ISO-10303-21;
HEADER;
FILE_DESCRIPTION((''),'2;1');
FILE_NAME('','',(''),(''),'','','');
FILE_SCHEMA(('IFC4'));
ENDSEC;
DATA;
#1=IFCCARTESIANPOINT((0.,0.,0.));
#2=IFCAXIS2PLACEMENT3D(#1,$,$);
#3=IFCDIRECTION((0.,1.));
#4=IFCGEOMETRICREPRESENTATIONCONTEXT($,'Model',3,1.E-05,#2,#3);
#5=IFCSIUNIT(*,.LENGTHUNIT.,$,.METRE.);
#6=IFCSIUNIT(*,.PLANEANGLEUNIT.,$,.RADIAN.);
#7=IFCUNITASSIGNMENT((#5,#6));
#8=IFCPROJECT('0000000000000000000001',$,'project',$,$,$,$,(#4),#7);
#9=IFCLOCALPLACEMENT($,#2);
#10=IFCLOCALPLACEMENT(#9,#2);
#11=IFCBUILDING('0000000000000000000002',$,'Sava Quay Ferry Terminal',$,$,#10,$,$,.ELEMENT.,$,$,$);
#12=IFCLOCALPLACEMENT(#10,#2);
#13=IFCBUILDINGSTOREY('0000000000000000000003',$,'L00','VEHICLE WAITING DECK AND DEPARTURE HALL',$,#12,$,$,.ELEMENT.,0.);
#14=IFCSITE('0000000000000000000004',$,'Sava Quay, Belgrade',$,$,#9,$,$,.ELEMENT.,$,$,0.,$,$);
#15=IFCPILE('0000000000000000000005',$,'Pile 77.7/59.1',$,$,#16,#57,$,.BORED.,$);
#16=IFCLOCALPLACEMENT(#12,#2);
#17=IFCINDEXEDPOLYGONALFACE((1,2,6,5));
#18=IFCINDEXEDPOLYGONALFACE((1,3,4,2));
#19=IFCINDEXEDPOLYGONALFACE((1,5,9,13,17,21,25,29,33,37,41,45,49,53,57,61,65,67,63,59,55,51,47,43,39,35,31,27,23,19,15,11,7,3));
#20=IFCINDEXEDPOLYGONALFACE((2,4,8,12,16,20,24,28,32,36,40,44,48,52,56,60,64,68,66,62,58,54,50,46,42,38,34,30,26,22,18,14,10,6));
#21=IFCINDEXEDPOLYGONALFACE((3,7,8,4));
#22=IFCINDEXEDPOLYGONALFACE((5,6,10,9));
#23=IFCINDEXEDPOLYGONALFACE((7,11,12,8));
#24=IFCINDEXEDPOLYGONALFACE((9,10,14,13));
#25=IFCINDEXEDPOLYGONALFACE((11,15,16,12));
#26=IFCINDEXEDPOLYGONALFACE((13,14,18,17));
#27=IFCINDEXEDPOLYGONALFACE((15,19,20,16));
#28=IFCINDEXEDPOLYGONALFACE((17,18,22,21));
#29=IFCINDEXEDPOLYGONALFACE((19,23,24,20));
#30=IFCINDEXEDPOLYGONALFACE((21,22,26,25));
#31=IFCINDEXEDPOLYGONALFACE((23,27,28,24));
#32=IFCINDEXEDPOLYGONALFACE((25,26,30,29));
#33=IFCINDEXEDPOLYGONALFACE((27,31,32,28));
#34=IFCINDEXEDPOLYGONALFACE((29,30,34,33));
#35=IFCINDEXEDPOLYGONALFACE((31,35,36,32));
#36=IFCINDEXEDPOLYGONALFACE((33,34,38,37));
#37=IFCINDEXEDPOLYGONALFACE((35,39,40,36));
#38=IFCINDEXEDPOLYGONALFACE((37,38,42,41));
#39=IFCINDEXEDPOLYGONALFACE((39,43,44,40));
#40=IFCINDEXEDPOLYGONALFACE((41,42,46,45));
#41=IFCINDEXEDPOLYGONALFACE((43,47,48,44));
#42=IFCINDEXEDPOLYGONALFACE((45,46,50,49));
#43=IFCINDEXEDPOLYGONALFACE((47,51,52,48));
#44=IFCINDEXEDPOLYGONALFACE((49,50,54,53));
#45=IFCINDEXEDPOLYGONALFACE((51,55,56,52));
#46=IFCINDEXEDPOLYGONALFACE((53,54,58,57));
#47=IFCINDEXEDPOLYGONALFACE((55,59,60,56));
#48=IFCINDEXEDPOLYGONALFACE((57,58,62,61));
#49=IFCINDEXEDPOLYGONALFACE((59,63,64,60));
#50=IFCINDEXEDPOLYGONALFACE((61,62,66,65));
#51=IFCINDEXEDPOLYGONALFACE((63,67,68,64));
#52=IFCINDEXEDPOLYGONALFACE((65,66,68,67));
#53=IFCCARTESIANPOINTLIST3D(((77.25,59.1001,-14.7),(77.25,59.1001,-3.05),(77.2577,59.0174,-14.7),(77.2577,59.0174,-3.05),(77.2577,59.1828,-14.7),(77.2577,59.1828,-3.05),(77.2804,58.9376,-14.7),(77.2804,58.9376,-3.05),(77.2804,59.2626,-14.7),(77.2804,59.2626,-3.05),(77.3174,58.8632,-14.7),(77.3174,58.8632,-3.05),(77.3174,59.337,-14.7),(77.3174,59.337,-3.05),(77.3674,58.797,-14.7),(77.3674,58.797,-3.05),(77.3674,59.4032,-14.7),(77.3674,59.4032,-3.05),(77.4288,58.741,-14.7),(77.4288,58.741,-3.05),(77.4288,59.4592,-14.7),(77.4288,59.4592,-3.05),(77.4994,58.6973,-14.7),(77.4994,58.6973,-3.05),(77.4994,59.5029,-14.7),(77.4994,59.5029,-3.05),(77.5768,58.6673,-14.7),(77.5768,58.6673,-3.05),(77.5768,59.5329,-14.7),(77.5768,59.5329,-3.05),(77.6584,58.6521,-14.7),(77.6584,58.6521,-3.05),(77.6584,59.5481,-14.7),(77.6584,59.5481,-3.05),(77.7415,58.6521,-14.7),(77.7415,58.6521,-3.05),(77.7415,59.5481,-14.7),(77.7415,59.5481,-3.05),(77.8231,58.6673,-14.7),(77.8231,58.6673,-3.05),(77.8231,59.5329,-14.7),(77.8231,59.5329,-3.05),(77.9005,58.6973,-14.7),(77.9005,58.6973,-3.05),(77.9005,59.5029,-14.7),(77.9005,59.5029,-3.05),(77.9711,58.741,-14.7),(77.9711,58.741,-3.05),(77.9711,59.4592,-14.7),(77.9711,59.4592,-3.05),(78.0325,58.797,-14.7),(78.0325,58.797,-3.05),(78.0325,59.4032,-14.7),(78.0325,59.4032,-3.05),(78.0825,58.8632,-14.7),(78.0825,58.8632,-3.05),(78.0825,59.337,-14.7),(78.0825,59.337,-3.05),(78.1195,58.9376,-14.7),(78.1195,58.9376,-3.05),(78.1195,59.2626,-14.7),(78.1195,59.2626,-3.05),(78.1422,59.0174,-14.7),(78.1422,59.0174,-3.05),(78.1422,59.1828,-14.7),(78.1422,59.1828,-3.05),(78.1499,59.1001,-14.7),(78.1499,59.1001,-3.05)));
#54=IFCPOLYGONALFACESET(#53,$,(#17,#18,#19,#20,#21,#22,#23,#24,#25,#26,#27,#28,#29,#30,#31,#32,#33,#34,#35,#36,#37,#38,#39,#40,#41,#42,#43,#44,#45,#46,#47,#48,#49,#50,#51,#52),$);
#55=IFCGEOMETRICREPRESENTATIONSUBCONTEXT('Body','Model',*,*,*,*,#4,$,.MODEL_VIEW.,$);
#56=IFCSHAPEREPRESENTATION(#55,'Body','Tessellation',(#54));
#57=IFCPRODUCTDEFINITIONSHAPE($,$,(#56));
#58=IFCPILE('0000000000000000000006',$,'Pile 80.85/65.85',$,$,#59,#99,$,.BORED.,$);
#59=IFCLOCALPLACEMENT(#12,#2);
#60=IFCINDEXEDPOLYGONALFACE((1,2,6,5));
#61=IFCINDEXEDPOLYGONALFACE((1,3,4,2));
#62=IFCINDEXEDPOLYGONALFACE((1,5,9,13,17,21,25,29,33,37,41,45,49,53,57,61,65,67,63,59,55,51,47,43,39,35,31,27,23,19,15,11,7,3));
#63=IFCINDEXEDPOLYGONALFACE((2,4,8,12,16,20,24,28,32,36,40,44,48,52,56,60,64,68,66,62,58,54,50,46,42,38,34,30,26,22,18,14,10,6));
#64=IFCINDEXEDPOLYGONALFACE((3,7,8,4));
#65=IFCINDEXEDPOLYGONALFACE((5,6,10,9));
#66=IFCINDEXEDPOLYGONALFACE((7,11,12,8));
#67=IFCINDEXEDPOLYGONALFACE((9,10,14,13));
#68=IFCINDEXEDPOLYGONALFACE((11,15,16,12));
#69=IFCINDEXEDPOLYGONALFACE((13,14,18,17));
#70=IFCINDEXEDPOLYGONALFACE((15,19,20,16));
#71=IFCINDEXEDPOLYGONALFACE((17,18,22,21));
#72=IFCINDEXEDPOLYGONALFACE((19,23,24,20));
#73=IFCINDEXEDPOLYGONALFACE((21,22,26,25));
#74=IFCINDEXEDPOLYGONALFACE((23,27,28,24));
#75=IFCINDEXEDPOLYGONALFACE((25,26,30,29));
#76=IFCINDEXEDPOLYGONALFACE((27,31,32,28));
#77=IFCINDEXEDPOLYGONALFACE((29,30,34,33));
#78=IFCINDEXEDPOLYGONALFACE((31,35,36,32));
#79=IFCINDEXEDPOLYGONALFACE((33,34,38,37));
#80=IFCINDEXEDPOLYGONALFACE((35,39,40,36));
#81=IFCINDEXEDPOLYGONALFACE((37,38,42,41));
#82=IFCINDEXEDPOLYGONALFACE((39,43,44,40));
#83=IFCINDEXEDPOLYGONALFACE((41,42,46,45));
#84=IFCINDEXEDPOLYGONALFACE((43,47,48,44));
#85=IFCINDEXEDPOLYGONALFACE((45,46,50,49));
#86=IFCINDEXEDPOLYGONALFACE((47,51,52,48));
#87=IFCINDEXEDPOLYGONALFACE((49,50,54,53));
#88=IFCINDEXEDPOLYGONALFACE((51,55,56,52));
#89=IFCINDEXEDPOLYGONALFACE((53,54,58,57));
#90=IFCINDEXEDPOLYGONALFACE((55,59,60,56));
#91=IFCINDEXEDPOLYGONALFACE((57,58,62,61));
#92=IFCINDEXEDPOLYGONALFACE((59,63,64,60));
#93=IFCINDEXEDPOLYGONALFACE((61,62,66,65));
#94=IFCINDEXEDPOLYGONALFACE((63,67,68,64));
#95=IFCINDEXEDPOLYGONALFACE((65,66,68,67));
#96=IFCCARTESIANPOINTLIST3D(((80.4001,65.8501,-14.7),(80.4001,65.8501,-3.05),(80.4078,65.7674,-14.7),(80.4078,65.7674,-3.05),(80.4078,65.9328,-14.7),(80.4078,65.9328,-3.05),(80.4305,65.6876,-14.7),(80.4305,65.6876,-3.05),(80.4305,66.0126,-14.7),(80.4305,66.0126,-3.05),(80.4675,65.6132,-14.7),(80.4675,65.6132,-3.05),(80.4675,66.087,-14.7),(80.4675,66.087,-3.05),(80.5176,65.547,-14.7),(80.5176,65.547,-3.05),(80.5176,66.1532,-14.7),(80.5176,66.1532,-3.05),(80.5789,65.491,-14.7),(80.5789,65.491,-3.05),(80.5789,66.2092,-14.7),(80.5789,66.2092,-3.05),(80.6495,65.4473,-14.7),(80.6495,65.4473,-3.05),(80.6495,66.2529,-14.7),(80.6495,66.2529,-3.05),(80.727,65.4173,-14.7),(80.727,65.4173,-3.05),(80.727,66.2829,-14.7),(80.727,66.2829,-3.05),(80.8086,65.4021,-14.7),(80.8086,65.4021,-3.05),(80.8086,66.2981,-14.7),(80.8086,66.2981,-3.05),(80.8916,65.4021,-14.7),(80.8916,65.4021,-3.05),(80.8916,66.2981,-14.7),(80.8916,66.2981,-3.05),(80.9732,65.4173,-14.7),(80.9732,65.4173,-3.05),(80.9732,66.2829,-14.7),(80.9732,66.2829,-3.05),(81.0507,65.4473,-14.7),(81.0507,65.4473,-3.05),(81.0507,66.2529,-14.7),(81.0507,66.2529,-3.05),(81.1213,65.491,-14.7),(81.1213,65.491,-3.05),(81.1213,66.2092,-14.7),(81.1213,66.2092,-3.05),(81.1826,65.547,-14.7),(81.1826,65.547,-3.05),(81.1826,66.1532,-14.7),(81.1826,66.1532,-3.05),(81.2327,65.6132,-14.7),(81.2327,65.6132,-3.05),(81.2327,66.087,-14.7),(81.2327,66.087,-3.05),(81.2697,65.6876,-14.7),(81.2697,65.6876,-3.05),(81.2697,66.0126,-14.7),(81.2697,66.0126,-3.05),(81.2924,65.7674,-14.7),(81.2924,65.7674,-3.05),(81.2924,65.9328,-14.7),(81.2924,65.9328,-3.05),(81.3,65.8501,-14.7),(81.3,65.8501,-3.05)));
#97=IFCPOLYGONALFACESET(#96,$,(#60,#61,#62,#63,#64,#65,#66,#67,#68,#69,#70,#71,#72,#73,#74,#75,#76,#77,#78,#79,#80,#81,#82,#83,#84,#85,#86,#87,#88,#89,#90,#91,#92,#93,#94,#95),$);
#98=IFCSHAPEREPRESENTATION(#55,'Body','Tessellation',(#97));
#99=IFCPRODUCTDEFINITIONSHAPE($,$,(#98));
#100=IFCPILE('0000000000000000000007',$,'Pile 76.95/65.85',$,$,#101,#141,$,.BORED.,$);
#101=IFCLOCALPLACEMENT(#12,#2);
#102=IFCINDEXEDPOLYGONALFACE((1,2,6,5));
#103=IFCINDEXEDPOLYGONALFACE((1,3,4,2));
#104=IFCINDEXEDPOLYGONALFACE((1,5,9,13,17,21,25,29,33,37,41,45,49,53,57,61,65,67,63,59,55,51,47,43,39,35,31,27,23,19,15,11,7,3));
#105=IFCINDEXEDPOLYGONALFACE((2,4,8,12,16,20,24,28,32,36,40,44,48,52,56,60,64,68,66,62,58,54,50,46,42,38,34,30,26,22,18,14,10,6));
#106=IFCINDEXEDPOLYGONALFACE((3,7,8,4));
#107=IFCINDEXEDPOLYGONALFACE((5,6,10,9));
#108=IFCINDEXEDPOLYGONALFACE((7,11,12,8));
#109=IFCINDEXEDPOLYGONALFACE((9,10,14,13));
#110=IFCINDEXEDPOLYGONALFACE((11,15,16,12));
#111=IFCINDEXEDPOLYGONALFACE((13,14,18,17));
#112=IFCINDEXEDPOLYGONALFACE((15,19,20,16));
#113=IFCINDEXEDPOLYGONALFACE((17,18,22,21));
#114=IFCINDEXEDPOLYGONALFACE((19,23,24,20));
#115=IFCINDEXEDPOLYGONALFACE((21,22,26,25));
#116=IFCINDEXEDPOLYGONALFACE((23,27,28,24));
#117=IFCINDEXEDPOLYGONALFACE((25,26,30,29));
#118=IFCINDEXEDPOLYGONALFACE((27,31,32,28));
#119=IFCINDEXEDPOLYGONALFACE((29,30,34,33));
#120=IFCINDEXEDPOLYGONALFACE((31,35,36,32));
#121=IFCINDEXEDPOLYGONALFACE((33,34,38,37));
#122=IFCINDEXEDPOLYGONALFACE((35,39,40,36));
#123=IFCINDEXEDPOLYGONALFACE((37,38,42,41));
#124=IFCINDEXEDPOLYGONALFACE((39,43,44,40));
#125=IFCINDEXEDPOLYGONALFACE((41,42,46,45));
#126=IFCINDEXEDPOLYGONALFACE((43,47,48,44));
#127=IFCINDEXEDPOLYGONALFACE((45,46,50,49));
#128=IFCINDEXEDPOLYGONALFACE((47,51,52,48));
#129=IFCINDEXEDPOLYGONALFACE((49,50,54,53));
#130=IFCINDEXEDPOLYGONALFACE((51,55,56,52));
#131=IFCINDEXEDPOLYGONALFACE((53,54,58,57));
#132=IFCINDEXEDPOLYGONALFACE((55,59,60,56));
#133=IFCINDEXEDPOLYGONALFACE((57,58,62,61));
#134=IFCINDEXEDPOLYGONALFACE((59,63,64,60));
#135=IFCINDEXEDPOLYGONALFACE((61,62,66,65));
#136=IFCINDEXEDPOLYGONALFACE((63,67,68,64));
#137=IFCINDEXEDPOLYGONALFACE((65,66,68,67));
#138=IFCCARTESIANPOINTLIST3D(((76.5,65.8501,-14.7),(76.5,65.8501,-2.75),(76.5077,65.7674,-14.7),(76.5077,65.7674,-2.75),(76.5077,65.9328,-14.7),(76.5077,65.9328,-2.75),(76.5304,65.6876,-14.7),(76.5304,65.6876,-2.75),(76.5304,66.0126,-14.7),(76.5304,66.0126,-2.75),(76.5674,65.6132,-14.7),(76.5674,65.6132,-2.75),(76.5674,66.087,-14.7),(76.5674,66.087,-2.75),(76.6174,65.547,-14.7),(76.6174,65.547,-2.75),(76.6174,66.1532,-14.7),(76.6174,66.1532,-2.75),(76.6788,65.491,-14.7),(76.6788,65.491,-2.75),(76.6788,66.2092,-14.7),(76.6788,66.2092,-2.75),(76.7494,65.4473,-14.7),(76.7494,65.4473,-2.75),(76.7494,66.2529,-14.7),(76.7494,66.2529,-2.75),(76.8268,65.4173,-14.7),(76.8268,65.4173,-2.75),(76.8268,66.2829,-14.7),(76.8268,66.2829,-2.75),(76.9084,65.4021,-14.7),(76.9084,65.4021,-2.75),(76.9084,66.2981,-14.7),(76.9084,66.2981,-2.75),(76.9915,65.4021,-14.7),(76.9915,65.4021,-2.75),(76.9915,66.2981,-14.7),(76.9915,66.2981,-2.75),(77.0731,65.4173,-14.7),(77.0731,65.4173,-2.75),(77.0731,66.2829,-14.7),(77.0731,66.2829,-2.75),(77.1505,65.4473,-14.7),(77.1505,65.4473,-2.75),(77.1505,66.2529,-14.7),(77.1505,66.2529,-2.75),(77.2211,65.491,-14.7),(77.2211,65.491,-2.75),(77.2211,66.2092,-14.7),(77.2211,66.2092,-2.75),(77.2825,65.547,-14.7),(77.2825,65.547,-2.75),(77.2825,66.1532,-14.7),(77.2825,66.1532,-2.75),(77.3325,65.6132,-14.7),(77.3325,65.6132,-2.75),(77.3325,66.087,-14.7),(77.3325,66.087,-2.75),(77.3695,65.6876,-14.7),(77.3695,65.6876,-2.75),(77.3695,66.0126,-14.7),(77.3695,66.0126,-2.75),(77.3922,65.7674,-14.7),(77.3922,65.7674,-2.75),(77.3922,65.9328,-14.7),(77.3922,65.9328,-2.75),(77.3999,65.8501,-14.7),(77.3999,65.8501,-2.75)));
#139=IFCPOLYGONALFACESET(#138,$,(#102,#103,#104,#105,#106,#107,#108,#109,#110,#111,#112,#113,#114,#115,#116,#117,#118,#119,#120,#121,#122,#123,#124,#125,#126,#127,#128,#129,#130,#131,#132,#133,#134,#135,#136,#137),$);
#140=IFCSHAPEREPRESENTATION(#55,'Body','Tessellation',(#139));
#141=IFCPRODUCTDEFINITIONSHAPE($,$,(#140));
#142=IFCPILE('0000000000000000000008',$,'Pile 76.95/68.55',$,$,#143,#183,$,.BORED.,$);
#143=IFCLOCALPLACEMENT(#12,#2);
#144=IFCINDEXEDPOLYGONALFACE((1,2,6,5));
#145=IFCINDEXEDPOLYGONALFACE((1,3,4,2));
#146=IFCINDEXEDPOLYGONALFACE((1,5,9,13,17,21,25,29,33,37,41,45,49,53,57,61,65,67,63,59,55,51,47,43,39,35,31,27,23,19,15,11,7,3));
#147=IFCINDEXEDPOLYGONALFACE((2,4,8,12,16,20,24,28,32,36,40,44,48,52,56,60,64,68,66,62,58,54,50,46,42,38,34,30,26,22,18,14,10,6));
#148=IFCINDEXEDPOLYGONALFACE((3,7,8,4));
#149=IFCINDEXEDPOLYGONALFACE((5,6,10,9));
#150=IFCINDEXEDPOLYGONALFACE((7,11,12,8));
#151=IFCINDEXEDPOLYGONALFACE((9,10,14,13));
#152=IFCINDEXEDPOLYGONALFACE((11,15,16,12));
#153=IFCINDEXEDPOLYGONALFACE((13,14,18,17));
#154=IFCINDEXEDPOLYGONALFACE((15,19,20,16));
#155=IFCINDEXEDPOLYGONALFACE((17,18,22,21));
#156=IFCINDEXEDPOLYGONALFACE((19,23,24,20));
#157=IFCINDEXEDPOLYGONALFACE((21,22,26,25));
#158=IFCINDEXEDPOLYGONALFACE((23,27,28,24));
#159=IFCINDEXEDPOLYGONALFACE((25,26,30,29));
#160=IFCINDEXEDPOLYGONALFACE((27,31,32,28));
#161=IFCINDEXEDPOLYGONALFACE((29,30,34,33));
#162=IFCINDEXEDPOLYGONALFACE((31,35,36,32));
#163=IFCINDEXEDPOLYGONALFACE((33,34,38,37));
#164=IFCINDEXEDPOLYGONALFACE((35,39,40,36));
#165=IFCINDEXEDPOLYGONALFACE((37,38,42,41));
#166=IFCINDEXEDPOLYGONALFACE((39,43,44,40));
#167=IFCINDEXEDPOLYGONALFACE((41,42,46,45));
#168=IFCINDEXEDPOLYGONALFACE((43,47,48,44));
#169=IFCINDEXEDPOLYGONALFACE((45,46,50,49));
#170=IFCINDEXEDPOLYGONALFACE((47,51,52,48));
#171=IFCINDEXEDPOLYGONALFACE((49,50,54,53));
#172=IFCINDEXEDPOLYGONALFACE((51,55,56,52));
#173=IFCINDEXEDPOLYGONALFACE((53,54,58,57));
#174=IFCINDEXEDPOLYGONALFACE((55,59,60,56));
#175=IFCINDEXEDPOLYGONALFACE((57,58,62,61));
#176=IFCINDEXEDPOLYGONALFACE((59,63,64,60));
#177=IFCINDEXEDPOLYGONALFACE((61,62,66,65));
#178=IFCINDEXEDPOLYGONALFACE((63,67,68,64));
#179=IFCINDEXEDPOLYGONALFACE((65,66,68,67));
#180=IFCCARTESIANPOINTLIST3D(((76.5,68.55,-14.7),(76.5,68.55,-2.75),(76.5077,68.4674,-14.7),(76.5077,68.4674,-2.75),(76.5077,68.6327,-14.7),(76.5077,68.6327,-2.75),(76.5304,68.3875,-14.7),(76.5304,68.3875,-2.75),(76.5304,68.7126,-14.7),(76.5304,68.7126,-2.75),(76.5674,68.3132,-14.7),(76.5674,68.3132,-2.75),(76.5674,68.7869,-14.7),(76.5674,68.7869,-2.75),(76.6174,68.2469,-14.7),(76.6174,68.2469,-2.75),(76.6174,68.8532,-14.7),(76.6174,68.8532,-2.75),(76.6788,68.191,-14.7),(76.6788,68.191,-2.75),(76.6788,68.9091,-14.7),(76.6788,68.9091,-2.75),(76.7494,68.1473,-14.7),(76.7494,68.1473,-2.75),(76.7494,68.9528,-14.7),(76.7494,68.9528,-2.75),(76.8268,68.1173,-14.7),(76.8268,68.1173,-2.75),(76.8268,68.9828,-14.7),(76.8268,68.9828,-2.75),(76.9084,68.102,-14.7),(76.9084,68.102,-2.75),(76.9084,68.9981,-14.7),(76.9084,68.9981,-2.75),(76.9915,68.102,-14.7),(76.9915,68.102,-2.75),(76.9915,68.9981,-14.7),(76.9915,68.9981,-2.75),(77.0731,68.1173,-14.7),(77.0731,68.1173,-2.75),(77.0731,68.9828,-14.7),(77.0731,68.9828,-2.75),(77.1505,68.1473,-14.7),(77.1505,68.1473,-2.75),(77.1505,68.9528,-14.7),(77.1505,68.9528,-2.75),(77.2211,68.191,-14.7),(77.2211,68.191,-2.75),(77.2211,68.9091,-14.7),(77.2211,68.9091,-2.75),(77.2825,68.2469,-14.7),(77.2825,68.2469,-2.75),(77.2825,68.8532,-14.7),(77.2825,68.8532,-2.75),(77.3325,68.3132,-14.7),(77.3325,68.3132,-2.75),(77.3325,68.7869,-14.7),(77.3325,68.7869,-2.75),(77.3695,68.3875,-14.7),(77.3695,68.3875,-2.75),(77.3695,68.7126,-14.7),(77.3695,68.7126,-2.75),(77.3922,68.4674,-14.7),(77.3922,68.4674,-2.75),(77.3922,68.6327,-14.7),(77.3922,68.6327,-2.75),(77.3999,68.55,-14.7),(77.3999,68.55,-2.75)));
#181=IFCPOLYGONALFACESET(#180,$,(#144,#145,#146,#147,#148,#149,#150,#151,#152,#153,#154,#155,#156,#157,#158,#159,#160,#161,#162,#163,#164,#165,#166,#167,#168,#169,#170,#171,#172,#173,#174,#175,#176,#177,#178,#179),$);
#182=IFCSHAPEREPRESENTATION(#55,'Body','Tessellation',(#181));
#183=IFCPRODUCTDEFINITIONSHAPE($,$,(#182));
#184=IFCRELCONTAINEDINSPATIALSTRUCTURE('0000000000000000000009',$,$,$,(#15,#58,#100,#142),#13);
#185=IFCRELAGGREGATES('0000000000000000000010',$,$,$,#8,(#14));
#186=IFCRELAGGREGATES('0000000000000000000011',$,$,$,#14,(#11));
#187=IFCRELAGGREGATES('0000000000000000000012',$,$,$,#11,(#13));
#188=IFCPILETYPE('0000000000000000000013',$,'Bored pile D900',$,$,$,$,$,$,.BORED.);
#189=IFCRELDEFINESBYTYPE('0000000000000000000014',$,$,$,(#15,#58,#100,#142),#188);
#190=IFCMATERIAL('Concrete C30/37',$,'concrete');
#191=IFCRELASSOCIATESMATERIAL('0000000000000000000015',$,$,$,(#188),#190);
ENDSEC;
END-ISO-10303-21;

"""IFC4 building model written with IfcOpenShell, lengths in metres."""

from ifc_helpers import new_model, si_unit, direction, frame, origin, origin_2d, place, context, subcontext, project, spatial, circle, extrude, material, material_profile, profile_set, type_object, element, save


model = new_model("IFC4")

# Units and contexts
model_context = context("Model", 3, precision=1e-05, world=origin(), true_north=direction((0.0, 1.0)))
body_context = subcontext(model_context, "Body", "Model", "MODEL_VIEW")
ifc_project = project(units=[si_unit("LENGTHUNIT", "METRE"), si_unit("PLANEANGLEUNIT", "RADIAN")], contexts=[model_context])

# Site, building, storey
site_placement = place(None, origin())
site = spatial("IfcSite", under=ifc_project, at=site_placement, Name="Sava Quay, Belgrade", CompositionType="ELEMENT", RefElevation=0.0)
building_placement = place(site_placement, origin())
building = spatial("IfcBuilding", under=site, at=building_placement, Name="Sava Quay Ferry Terminal", CompositionType="ELEMENT")
storey_placement = place(building_placement, origin())
storey = spatial("IfcBuildingStorey", under=building, at=storey_placement, Name="L00", Description="VEHICLE WAITING DECK AND DEPARTURE HALL", CompositionType="ELEMENT", Elevation=0.0)

# Piles
ifc_material_1 = material(Name="Concrete C30/37", Category="concrete")
ifc_material_profile_1 = material_profile(ifc_material_1, circle(Radius=0.45, at=origin_2d()), Name="Bored pile D900")
ifc_profile_set_1 = profile_set([ifc_material_profile_1], Name="Concrete C30/37")
pile_type = type_object("IfcPileType", Name="Bored pile D900", PredefinedType="BORED", material=ifc_profile_set_1)
for number, where, z_axis, x_axis, name in (
    (1, (77.7, 59.1001, -3.05), (0.0, 0.0, -1.0), (1.0, 0.0, 0.0), "Pile 77.7/59.1"),
    (2, (80.8501, 65.8501, -3.05), (0.0, 0.0, -1.0), (1.0, 0.0, 0.0), "Pile 80.85/65.85"),
):
    element("IfcPile", number, at=place(storey_placement, frame(where, z_axis=z_axis, x_axis=x_axis)), inside=storey, type_object=pile_type, Name=name, PredefinedType="BORED", context=body_context, shape_type="SweptSolid", body=[
        extrude(circle(Radius=0.45, at=origin_2d()), origin(), (0.0, 0.0, 1.0), 11.6499),
    ])
for number, where, z_axis, x_axis, name in (
    (3, (76.95, 65.8501, -2.75), (0.0, 0.0, -1.0), (1.0, 0.0, 0.0), "Pile 76.95/65.85"),
    (4, (76.95, 68.55, -2.75), (0.0, 0.0, -1.0), (1.0, 0.0, 0.0), "Pile 76.95/68.55"),
):
    element("IfcPile", number, at=place(storey_placement, frame(where, z_axis=z_axis, x_axis=x_axis)), inside=storey, type_object=pile_type, Name=name, PredefinedType="BORED", context=body_context, shape_type="SweptSolid", body=[
        extrude(circle(Radius=0.45, at=origin_2d()), origin(), (0.0, 0.0, 1.0), 11.95),
    ])

save(model, "model.ifc")
